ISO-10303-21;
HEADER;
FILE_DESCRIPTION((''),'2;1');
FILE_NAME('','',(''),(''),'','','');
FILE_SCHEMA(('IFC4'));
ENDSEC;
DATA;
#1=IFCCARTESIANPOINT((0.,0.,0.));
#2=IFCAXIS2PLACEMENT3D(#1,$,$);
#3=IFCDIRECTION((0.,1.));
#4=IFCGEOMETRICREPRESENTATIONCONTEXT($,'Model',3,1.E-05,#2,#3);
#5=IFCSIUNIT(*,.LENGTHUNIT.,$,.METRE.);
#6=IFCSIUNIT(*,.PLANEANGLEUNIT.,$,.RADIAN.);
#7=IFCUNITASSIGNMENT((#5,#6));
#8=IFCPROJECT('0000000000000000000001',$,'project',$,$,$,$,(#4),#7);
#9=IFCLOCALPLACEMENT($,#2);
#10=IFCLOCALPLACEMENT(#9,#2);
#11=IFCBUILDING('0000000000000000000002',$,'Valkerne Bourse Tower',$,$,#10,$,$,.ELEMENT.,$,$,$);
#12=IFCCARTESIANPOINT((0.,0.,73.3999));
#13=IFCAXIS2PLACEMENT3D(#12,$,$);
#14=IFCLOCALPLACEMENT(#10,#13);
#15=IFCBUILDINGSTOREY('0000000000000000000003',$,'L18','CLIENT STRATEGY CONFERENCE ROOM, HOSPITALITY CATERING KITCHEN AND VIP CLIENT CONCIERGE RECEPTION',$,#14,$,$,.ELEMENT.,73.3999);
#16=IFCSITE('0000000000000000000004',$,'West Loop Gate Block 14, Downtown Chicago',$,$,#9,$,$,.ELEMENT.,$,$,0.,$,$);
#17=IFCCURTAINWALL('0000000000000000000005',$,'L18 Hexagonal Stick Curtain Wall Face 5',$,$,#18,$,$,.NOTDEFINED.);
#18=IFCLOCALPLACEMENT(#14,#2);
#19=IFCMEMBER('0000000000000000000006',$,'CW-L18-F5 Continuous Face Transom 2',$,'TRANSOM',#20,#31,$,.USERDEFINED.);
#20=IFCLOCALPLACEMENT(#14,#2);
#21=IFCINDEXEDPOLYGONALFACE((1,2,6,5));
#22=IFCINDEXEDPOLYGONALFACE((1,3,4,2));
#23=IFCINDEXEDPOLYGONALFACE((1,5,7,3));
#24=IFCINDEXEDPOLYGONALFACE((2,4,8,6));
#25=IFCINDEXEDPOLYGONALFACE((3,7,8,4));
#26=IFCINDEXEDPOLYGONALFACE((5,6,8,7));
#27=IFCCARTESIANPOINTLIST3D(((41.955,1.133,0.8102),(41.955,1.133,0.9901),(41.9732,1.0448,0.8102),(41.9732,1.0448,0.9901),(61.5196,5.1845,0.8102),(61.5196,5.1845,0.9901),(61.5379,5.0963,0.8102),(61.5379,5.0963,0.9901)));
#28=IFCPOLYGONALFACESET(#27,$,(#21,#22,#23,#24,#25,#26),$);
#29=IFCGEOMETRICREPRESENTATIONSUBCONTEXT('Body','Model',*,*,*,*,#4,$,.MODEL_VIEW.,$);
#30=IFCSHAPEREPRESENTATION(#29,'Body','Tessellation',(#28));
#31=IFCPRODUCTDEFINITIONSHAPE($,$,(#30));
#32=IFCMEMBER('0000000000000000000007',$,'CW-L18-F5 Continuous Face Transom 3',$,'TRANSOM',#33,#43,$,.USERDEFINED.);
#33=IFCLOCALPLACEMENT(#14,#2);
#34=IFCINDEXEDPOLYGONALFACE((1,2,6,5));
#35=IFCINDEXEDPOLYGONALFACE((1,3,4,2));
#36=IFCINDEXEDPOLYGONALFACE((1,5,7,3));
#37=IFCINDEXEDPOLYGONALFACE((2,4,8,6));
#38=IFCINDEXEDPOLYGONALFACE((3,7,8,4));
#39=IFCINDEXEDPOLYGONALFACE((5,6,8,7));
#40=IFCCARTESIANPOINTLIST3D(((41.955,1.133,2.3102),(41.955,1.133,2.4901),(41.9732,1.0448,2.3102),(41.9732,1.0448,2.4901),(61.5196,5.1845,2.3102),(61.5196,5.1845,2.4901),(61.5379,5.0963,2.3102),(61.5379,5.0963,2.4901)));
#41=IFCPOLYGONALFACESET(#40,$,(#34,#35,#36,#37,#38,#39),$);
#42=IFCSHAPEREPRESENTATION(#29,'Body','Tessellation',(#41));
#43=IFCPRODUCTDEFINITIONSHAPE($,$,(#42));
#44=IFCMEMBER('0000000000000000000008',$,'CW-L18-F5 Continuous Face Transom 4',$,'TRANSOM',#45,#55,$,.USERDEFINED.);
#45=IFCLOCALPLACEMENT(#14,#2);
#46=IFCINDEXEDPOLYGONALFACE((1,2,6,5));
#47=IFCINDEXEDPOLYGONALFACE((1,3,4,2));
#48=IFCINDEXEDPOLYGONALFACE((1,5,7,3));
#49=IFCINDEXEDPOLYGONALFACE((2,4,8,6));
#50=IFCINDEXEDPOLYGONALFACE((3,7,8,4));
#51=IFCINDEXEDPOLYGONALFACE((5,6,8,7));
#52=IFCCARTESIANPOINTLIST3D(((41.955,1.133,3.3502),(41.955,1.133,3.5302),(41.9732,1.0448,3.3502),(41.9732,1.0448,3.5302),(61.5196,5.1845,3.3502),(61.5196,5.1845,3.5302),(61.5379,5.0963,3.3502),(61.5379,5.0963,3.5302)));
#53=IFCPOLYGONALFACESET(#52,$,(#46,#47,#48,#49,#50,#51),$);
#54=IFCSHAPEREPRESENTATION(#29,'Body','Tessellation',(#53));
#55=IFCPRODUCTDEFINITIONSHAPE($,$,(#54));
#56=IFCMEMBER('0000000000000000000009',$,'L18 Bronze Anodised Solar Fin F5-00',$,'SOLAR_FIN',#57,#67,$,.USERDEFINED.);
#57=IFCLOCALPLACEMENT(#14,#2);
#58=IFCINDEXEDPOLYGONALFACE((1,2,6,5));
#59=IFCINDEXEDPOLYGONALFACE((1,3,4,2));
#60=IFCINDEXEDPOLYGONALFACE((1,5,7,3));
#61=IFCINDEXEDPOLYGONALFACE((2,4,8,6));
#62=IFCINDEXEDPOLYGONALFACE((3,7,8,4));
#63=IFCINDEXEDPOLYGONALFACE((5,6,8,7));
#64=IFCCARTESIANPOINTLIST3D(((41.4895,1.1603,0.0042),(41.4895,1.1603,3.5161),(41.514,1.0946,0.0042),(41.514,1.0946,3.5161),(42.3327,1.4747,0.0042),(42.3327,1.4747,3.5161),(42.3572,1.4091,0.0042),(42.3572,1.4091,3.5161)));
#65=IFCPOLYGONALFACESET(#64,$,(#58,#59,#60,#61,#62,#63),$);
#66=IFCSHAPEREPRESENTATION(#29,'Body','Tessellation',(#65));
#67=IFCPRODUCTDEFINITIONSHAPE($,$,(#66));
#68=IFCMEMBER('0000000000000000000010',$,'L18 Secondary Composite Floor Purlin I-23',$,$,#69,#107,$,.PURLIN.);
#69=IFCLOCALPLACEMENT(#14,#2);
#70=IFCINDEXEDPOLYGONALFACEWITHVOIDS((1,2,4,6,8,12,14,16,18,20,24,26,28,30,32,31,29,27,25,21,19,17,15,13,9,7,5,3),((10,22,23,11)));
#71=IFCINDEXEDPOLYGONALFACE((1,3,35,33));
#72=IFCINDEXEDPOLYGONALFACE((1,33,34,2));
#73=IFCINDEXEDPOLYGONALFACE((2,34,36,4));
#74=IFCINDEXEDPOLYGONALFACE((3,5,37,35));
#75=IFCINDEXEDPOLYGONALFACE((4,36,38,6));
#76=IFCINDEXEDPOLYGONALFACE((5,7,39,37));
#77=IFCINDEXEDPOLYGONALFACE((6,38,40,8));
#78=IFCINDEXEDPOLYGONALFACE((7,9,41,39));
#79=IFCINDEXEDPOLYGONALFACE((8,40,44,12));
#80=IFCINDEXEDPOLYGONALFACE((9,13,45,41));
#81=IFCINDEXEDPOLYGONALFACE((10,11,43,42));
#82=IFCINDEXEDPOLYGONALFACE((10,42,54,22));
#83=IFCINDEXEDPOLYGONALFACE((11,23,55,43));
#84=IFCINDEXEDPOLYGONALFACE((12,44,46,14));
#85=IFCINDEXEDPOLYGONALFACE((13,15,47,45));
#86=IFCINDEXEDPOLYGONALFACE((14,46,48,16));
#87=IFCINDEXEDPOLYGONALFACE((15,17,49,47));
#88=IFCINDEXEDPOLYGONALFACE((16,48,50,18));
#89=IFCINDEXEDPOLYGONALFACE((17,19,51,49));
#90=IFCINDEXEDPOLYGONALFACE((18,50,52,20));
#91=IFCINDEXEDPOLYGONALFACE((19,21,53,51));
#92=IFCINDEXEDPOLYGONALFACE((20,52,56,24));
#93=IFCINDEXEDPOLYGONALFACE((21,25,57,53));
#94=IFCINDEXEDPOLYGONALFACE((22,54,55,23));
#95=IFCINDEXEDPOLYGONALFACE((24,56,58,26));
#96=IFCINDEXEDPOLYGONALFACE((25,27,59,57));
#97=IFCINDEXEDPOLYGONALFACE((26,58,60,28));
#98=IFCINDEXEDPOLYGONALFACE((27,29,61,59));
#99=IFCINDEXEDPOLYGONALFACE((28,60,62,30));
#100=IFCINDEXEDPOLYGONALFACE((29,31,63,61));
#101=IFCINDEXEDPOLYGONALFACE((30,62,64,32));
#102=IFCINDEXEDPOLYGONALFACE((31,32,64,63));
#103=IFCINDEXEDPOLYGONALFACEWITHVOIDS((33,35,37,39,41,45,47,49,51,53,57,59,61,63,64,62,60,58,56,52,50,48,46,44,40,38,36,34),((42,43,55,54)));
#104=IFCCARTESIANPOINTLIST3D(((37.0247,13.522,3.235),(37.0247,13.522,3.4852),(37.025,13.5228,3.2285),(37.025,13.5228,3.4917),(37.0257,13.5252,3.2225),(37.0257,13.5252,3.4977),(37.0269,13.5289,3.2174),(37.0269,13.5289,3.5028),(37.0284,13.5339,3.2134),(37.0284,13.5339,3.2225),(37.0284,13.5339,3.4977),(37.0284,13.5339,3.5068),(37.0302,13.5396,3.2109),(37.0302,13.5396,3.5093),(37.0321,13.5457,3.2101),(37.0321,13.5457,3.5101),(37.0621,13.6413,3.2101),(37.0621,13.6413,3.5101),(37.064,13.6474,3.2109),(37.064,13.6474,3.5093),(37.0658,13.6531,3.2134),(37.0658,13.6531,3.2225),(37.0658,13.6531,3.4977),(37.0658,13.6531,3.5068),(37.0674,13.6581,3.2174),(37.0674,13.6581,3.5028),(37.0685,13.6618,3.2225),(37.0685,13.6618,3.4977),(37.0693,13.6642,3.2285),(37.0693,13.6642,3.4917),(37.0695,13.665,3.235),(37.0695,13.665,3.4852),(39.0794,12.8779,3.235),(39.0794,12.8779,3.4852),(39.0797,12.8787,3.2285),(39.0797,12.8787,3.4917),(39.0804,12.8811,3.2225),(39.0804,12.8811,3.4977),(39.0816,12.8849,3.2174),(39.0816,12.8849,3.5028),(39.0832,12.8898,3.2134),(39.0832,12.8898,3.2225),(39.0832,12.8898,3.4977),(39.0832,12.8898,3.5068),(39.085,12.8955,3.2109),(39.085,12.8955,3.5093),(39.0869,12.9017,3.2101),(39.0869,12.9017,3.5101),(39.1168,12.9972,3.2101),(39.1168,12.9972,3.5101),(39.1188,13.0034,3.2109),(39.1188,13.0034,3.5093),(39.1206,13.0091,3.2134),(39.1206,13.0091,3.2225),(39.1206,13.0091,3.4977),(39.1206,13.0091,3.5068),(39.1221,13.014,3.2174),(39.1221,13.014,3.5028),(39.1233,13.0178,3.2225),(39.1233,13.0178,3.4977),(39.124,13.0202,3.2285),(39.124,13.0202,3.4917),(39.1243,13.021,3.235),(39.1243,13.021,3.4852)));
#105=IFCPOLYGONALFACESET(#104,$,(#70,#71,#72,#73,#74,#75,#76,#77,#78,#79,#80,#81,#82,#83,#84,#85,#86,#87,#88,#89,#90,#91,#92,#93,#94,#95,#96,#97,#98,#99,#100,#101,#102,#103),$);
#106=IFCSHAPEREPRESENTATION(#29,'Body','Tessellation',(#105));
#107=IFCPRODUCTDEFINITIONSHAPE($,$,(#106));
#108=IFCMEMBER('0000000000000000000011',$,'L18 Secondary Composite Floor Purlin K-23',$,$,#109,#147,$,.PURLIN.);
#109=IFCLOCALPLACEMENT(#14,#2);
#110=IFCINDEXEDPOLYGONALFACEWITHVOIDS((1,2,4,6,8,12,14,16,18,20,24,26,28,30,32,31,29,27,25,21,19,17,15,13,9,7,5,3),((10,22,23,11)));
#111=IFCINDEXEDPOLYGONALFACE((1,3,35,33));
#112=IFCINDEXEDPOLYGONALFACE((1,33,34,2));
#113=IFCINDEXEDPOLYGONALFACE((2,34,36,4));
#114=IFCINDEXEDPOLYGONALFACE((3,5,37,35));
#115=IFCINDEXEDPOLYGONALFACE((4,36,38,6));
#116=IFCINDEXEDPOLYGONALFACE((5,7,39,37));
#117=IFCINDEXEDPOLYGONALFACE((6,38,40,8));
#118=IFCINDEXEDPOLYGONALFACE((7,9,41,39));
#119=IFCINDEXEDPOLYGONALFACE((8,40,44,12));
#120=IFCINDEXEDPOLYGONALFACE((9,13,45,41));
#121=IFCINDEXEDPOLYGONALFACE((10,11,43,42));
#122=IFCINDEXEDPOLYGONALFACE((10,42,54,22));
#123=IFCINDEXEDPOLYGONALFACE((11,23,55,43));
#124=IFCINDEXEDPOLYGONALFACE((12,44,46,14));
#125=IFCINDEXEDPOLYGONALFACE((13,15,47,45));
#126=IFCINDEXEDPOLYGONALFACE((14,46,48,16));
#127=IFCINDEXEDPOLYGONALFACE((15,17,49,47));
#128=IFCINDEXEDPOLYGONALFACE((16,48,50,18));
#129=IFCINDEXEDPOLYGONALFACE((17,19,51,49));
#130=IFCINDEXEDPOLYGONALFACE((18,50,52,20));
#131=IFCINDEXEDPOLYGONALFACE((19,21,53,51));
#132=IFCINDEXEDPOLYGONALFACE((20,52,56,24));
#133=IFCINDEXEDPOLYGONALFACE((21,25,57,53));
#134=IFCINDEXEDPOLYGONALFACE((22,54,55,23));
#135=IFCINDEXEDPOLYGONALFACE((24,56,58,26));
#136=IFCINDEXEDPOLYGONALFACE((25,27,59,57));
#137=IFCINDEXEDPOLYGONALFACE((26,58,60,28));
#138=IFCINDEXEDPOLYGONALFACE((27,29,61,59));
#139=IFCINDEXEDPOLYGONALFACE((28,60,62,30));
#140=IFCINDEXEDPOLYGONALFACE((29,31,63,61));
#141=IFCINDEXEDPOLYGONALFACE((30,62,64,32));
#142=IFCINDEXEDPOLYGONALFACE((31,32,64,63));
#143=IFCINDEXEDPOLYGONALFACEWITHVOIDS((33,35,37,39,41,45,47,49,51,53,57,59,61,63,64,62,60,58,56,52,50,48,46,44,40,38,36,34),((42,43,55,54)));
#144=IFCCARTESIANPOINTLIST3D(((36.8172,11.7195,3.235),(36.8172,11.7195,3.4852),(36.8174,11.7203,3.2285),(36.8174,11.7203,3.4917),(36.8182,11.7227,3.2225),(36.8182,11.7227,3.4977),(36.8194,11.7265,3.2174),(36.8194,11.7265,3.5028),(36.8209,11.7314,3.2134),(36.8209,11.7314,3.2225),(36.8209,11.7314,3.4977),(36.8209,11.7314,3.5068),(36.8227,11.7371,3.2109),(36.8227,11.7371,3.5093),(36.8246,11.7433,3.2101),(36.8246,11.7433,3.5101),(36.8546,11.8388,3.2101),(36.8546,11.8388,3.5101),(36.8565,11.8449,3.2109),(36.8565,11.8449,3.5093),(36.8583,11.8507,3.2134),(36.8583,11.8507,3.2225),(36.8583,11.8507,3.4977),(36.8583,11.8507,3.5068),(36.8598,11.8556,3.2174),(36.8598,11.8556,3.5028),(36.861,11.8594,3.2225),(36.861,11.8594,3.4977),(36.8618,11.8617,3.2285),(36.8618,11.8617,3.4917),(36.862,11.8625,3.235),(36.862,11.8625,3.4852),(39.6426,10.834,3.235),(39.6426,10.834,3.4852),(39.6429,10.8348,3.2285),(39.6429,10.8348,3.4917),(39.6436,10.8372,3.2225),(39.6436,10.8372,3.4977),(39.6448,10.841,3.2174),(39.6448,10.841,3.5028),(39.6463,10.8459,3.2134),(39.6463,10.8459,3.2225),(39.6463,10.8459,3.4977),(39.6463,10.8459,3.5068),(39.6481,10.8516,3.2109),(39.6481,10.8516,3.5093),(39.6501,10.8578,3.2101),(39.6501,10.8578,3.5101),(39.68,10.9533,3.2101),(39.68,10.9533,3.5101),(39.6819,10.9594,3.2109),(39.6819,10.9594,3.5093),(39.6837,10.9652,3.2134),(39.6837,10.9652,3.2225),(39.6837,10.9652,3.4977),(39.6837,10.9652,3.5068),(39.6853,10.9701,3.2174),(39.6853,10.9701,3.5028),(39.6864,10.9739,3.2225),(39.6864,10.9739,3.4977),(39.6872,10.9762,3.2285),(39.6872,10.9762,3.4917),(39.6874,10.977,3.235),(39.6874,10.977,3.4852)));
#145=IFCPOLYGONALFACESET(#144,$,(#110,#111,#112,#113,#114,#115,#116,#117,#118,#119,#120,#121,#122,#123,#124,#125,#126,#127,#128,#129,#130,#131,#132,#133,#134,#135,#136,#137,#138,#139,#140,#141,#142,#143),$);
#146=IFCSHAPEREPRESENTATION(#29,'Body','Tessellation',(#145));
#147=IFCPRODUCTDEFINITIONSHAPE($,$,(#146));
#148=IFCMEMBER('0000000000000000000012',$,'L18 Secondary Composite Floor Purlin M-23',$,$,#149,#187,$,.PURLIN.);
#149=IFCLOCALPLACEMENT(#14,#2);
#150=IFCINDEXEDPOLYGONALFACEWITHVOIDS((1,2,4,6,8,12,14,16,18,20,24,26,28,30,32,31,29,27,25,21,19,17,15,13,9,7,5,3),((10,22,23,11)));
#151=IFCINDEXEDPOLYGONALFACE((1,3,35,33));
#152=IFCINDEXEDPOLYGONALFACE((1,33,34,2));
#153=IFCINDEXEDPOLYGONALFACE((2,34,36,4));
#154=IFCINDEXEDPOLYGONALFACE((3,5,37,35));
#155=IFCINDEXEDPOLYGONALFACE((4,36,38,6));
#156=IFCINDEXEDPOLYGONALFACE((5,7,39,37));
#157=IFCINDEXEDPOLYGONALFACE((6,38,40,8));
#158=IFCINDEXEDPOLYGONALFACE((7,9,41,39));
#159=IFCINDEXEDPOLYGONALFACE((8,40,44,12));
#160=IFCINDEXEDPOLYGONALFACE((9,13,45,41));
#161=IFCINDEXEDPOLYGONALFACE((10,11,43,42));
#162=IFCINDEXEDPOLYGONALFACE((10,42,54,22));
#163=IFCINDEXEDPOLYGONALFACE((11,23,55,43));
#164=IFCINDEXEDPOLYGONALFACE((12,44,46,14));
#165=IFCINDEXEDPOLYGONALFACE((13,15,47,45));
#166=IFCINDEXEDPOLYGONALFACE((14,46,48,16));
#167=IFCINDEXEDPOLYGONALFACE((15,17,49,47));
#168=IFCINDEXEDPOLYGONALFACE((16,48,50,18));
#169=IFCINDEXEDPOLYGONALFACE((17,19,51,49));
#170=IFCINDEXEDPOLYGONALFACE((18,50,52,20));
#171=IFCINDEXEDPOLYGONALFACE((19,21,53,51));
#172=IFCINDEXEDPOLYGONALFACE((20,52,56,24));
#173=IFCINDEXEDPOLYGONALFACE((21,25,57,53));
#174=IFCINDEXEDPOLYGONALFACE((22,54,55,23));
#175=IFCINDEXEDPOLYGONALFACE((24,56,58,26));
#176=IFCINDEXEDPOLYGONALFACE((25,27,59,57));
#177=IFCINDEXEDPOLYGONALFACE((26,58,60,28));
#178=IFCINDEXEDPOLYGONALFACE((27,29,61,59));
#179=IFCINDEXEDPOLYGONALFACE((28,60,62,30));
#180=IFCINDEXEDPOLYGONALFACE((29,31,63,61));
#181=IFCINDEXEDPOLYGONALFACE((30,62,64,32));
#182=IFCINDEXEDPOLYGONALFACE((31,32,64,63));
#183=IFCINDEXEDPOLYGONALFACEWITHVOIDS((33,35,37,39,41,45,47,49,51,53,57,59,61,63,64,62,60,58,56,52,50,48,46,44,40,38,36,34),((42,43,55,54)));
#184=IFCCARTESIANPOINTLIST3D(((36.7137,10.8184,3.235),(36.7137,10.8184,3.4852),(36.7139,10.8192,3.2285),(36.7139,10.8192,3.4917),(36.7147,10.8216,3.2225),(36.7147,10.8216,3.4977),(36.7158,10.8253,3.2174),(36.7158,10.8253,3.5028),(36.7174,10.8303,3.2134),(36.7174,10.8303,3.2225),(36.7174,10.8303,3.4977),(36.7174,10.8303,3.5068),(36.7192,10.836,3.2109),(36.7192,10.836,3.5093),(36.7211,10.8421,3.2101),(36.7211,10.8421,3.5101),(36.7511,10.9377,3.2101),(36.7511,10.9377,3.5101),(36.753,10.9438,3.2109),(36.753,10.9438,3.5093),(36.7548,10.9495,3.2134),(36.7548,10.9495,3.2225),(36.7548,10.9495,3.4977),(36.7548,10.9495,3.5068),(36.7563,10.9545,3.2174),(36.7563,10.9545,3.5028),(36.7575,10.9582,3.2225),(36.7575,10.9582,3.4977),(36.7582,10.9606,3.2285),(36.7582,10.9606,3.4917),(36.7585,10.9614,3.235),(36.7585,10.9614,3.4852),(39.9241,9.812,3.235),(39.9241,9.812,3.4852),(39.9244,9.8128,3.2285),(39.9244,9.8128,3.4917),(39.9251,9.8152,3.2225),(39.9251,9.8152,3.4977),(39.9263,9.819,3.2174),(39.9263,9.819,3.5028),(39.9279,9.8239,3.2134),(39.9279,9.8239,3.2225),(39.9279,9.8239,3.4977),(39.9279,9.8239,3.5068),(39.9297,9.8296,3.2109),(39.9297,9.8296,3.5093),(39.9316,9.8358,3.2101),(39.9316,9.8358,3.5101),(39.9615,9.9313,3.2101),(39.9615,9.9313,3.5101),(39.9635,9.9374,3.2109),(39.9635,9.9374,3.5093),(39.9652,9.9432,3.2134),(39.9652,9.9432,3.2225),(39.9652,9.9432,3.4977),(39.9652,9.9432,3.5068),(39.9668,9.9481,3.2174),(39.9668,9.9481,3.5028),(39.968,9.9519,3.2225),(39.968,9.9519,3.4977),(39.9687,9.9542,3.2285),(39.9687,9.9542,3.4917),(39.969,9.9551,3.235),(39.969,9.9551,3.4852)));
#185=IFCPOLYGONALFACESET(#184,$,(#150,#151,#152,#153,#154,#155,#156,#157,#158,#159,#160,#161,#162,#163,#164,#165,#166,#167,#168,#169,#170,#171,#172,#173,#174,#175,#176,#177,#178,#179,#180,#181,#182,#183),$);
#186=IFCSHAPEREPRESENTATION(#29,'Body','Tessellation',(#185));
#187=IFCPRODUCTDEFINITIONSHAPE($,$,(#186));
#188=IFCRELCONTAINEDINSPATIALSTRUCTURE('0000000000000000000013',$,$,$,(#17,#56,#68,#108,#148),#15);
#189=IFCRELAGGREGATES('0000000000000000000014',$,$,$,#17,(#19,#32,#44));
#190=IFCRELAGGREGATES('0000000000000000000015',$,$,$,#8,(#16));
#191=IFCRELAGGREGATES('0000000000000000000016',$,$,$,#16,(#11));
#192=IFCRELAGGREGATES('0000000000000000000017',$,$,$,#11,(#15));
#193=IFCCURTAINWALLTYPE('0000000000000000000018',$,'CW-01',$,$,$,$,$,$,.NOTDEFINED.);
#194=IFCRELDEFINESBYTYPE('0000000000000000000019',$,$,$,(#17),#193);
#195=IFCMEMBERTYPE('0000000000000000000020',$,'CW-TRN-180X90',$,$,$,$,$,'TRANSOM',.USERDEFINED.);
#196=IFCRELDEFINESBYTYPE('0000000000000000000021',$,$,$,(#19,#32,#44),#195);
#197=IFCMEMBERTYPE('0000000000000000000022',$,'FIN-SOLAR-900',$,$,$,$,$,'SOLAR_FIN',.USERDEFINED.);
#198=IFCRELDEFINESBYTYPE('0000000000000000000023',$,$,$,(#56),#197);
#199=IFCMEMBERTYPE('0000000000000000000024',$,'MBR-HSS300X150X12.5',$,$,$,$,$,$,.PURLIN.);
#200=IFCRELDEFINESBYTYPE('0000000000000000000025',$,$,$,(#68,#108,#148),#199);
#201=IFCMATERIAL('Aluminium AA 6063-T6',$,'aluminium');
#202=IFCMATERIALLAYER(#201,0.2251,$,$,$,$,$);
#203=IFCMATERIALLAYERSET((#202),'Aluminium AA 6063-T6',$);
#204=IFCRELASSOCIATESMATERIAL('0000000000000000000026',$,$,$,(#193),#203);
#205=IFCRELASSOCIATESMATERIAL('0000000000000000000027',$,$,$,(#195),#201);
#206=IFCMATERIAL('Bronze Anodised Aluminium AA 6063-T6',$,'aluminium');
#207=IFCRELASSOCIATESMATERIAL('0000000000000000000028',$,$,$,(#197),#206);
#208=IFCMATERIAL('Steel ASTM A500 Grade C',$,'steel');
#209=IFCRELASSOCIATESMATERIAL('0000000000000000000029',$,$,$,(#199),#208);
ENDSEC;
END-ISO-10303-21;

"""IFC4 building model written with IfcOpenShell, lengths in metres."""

from ifc_helpers import new_model, si_unit, direction, frame, origin, origin_2d, place, context, subcontext, project, spatial, rectangle, hollow_rectangle, extrude, material, layer, layer_set, material_profile, profile_set, type_object, element, aggregate, save


model = new_model("IFC4")

# Units and contexts
model_context = context("Model", 3, precision=1e-05, world=origin(), true_north=direction((0.0, 1.0)))
body_context = subcontext(model_context, "Body", "Model", "MODEL_VIEW")
ifc_project = project(units=[si_unit("LENGTHUNIT", "METRE"), si_unit("PLANEANGLEUNIT", "RADIAN")], contexts=[model_context])

# Site, building, storey
site_placement = place(None, origin())
site = spatial("IfcSite", under=ifc_project, at=site_placement, Name="West Loop Gate Block 14, Downtown Chicago", CompositionType="ELEMENT", RefElevation=0.0)
building_placement = place(site_placement, origin())
building = spatial("IfcBuilding", under=site, at=building_placement, Name="Valkerne Bourse Tower", CompositionType="ELEMENT")
storey_placement = place(building_placement, frame((0.0, 0.0, 73.3999)))
storey = spatial("IfcBuildingStorey", under=building, at=storey_placement, Name="L18", Description="CLIENT STRATEGY CONFERENCE ROOM, HOSPITALITY CATERING KITCHEN AND VIP CLIENT CONCIERGE RECEPTION", CompositionType="ELEMENT", Elevation=73.3999)

# Curtain wall, members
ifc_material_1 = material(Name="Aluminium AA 6063-T6", Category="aluminium")
ifc_layer_1 = layer(ifc_material_1, 0.2251)
ifc_layer_set_1 = layer_set([ifc_layer_1], Name="Aluminium AA 6063-T6")
curtain_wall_type = type_object("IfcCurtainWallType", Name="CW-01", PredefinedType="NOTDEFINED", material=ifc_layer_set_1)
curtain_wall_placement = place(storey_placement, origin())
curtain_wall = element("IfcCurtainWall", 1, at=curtain_wall_placement, inside=storey, type_object=curtain_wall_type, Name="L18 Hexagonal Stick Curtain Wall Face 5", PredefinedType="NOTDEFINED")
ifc_material_profile_1 = material_profile(ifc_material_1, rectangle(XDim=0.0901, YDim=0.1799, at=origin_2d()), Name="CWT-90X180")
ifc_profile_set_1 = profile_set([ifc_material_profile_1], Name="Aluminium AA 6063-T6")
member_type_1 = type_object("IfcMemberType", Name="CW-TRN-180X90", ElementType="TRANSOM", PredefinedType="USERDEFINED", material=ifc_profile_set_1)
member_1_placement = place(storey_placement, frame((41.9641, 1.0889, 0.9001), z_axis=(0.979224, 0.202781, 0.0), x_axis=(-0.202781, 0.979224, 0.0)))
member_1 = element("IfcMember", 2, at=member_1_placement, type_object=member_type_1, Name="CW-L18-F5 Continuous Face Transom 2", ObjectType="TRANSOM", PredefinedType="USERDEFINED", context=body_context, shape_type="SweptSolid", body=[
    extrude(rectangle(XDim=0.0901, YDim=0.1799, at=origin_2d()), origin(), (0.0, 0.0, 1.0), 19.9797),
])
member_2_placement = place(storey_placement, frame((41.9641, 1.0889, 2.4001), z_axis=(0.979224, 0.202781, 0.0), x_axis=(-0.202781, 0.979224, 0.0)))
member_2 = element("IfcMember", 3, at=member_2_placement, type_object=member_type_1, Name="CW-L18-F5 Continuous Face Transom 3", ObjectType="TRANSOM", PredefinedType="USERDEFINED", context=body_context, shape_type="SweptSolid", body=[
    extrude(rectangle(XDim=0.0901, YDim=0.1799, at=origin_2d()), origin(), (0.0, 0.0, 1.0), 19.9797),
])
member_3_placement = place(storey_placement, frame((41.9641, 1.0889, 3.4402), z_axis=(0.979224, 0.202781, 0.0), x_axis=(-0.202781, 0.979224, 0.0)))
member_3 = element("IfcMember", 4, at=member_3_placement, type_object=member_type_1, Name="CW-L18-F5 Continuous Face Transom 4", ObjectType="TRANSOM", PredefinedType="USERDEFINED", context=body_context, shape_type="SweptSolid", body=[
    extrude(rectangle(XDim=0.0901, YDim=0.1799, at=origin_2d()), origin(), (0.0, 0.0, 1.0), 19.9797),
])

# Members
ifc_material_2 = material(Name="Bronze Anodised Aluminium AA 6063-T6", Category="aluminium")
ifc_material_profile_2 = material_profile(ifc_material_2, rectangle(XDim=0.0701, YDim=0.8999, at=origin_2d()), Name="FIN-70X900")
ifc_profile_set_2 = profile_set([ifc_material_profile_2], Name="Bronze Anodised Aluminium AA 6063-T6")
member_type_2 = type_object("IfcMemberType", Name="FIN-SOLAR-900", ElementType="SOLAR_FIN", PredefinedType="USERDEFINED", material=ifc_profile_set_2)
member_4_placement = place(storey_placement, frame((41.9233, 1.2847, 0.0042), z_axis=(0.0, 0.0, 1.0), x_axis=(0.349434, -0.936961, 0.0)))
element("IfcMember", 5, at=member_4_placement, inside=storey, type_object=member_type_2, Name="L18 Bronze Anodised Solar Fin F5-00", ObjectType="SOLAR_FIN", PredefinedType="USERDEFINED", context=body_context, shape_type="SweptSolid", body=[
    extrude(rectangle(XDim=0.0701, YDim=0.8999, at=origin_2d()), origin(), (0.0, 0.0, 1.0), 3.512),
])
ifc_material_3 = material(Name="Steel ASTM A500 Grade C", Category="steel")
ifc_material_profile_3 = material_profile(ifc_material_3, hollow_rectangle(XDim=0.1499, YDim=0.3, WallThickness=0.0125, OuterFilletRadius=0.0249, at=origin_2d()), Name="HSS300X150X12.5")
ifc_profile_set_3 = profile_set([ifc_material_profile_3], Name="Steel ASTM A500 Grade C")
member_type_3 = type_object("IfcMemberType", Name="MBR-HSS300X150X12.5", PredefinedType="PURLIN", material=ifc_profile_set_3)
member_5_placement = place(storey_placement, frame((37.0471, 13.5935, 3.3601), z_axis=(0.954221, -0.299101, 0.0), x_axis=(0.299101, 0.954221, 0.0)))
element("IfcMember", 6, at=member_5_placement, inside=storey, type_object=member_type_3, Name="L18 Secondary Composite Floor Purlin I-23", PredefinedType="PURLIN", context=body_context, shape_type="SweptSolid", body=[
    extrude(hollow_rectangle(XDim=0.1499, YDim=0.3, WallThickness=0.0125, OuterFilletRadius=0.0249, at=origin_2d()), origin(), (0.0, 0.0, 1.0), 2.1533),
])
member_6_placement = place(storey_placement, frame((36.8396, 11.791, 3.3601), z_axis=(0.954235, -0.299059, 0.0), x_axis=(0.299059, 0.954235, 0.0)))
element("IfcMember", 7, at=member_6_placement, inside=storey, type_object=member_type_3, Name="L18 Secondary Composite Floor Purlin K-23", PredefinedType="PURLIN", context=body_context, shape_type="SweptSolid", body=[
    extrude(hollow_rectangle(XDim=0.1499, YDim=0.3, WallThickness=0.0125, OuterFilletRadius=0.0249, at=origin_2d()), origin(), (0.0, 0.0, 1.0), 2.9609),
])
member_7_placement = place(storey_placement, frame((36.7361, 10.8899, 3.3601), z_axis=(0.954219, -0.299109, 0.0), x_axis=(0.299109, 0.954219, 0.0)))
element("IfcMember", 8, at=member_7_placement, inside=storey, type_object=member_type_3, Name="L18 Secondary Composite Floor Purlin M-23", PredefinedType="PURLIN", context=body_context, shape_type="SweptSolid", body=[
    extrude(hollow_rectangle(XDim=0.1499, YDim=0.3, WallThickness=0.0125, OuterFilletRadius=0.0249, at=origin_2d()), origin(), (0.0, 0.0, 1.0), 3.3645),
])

aggregate(curtain_wall, [member_1, member_2, member_3])

save(model, "model.ifc")
